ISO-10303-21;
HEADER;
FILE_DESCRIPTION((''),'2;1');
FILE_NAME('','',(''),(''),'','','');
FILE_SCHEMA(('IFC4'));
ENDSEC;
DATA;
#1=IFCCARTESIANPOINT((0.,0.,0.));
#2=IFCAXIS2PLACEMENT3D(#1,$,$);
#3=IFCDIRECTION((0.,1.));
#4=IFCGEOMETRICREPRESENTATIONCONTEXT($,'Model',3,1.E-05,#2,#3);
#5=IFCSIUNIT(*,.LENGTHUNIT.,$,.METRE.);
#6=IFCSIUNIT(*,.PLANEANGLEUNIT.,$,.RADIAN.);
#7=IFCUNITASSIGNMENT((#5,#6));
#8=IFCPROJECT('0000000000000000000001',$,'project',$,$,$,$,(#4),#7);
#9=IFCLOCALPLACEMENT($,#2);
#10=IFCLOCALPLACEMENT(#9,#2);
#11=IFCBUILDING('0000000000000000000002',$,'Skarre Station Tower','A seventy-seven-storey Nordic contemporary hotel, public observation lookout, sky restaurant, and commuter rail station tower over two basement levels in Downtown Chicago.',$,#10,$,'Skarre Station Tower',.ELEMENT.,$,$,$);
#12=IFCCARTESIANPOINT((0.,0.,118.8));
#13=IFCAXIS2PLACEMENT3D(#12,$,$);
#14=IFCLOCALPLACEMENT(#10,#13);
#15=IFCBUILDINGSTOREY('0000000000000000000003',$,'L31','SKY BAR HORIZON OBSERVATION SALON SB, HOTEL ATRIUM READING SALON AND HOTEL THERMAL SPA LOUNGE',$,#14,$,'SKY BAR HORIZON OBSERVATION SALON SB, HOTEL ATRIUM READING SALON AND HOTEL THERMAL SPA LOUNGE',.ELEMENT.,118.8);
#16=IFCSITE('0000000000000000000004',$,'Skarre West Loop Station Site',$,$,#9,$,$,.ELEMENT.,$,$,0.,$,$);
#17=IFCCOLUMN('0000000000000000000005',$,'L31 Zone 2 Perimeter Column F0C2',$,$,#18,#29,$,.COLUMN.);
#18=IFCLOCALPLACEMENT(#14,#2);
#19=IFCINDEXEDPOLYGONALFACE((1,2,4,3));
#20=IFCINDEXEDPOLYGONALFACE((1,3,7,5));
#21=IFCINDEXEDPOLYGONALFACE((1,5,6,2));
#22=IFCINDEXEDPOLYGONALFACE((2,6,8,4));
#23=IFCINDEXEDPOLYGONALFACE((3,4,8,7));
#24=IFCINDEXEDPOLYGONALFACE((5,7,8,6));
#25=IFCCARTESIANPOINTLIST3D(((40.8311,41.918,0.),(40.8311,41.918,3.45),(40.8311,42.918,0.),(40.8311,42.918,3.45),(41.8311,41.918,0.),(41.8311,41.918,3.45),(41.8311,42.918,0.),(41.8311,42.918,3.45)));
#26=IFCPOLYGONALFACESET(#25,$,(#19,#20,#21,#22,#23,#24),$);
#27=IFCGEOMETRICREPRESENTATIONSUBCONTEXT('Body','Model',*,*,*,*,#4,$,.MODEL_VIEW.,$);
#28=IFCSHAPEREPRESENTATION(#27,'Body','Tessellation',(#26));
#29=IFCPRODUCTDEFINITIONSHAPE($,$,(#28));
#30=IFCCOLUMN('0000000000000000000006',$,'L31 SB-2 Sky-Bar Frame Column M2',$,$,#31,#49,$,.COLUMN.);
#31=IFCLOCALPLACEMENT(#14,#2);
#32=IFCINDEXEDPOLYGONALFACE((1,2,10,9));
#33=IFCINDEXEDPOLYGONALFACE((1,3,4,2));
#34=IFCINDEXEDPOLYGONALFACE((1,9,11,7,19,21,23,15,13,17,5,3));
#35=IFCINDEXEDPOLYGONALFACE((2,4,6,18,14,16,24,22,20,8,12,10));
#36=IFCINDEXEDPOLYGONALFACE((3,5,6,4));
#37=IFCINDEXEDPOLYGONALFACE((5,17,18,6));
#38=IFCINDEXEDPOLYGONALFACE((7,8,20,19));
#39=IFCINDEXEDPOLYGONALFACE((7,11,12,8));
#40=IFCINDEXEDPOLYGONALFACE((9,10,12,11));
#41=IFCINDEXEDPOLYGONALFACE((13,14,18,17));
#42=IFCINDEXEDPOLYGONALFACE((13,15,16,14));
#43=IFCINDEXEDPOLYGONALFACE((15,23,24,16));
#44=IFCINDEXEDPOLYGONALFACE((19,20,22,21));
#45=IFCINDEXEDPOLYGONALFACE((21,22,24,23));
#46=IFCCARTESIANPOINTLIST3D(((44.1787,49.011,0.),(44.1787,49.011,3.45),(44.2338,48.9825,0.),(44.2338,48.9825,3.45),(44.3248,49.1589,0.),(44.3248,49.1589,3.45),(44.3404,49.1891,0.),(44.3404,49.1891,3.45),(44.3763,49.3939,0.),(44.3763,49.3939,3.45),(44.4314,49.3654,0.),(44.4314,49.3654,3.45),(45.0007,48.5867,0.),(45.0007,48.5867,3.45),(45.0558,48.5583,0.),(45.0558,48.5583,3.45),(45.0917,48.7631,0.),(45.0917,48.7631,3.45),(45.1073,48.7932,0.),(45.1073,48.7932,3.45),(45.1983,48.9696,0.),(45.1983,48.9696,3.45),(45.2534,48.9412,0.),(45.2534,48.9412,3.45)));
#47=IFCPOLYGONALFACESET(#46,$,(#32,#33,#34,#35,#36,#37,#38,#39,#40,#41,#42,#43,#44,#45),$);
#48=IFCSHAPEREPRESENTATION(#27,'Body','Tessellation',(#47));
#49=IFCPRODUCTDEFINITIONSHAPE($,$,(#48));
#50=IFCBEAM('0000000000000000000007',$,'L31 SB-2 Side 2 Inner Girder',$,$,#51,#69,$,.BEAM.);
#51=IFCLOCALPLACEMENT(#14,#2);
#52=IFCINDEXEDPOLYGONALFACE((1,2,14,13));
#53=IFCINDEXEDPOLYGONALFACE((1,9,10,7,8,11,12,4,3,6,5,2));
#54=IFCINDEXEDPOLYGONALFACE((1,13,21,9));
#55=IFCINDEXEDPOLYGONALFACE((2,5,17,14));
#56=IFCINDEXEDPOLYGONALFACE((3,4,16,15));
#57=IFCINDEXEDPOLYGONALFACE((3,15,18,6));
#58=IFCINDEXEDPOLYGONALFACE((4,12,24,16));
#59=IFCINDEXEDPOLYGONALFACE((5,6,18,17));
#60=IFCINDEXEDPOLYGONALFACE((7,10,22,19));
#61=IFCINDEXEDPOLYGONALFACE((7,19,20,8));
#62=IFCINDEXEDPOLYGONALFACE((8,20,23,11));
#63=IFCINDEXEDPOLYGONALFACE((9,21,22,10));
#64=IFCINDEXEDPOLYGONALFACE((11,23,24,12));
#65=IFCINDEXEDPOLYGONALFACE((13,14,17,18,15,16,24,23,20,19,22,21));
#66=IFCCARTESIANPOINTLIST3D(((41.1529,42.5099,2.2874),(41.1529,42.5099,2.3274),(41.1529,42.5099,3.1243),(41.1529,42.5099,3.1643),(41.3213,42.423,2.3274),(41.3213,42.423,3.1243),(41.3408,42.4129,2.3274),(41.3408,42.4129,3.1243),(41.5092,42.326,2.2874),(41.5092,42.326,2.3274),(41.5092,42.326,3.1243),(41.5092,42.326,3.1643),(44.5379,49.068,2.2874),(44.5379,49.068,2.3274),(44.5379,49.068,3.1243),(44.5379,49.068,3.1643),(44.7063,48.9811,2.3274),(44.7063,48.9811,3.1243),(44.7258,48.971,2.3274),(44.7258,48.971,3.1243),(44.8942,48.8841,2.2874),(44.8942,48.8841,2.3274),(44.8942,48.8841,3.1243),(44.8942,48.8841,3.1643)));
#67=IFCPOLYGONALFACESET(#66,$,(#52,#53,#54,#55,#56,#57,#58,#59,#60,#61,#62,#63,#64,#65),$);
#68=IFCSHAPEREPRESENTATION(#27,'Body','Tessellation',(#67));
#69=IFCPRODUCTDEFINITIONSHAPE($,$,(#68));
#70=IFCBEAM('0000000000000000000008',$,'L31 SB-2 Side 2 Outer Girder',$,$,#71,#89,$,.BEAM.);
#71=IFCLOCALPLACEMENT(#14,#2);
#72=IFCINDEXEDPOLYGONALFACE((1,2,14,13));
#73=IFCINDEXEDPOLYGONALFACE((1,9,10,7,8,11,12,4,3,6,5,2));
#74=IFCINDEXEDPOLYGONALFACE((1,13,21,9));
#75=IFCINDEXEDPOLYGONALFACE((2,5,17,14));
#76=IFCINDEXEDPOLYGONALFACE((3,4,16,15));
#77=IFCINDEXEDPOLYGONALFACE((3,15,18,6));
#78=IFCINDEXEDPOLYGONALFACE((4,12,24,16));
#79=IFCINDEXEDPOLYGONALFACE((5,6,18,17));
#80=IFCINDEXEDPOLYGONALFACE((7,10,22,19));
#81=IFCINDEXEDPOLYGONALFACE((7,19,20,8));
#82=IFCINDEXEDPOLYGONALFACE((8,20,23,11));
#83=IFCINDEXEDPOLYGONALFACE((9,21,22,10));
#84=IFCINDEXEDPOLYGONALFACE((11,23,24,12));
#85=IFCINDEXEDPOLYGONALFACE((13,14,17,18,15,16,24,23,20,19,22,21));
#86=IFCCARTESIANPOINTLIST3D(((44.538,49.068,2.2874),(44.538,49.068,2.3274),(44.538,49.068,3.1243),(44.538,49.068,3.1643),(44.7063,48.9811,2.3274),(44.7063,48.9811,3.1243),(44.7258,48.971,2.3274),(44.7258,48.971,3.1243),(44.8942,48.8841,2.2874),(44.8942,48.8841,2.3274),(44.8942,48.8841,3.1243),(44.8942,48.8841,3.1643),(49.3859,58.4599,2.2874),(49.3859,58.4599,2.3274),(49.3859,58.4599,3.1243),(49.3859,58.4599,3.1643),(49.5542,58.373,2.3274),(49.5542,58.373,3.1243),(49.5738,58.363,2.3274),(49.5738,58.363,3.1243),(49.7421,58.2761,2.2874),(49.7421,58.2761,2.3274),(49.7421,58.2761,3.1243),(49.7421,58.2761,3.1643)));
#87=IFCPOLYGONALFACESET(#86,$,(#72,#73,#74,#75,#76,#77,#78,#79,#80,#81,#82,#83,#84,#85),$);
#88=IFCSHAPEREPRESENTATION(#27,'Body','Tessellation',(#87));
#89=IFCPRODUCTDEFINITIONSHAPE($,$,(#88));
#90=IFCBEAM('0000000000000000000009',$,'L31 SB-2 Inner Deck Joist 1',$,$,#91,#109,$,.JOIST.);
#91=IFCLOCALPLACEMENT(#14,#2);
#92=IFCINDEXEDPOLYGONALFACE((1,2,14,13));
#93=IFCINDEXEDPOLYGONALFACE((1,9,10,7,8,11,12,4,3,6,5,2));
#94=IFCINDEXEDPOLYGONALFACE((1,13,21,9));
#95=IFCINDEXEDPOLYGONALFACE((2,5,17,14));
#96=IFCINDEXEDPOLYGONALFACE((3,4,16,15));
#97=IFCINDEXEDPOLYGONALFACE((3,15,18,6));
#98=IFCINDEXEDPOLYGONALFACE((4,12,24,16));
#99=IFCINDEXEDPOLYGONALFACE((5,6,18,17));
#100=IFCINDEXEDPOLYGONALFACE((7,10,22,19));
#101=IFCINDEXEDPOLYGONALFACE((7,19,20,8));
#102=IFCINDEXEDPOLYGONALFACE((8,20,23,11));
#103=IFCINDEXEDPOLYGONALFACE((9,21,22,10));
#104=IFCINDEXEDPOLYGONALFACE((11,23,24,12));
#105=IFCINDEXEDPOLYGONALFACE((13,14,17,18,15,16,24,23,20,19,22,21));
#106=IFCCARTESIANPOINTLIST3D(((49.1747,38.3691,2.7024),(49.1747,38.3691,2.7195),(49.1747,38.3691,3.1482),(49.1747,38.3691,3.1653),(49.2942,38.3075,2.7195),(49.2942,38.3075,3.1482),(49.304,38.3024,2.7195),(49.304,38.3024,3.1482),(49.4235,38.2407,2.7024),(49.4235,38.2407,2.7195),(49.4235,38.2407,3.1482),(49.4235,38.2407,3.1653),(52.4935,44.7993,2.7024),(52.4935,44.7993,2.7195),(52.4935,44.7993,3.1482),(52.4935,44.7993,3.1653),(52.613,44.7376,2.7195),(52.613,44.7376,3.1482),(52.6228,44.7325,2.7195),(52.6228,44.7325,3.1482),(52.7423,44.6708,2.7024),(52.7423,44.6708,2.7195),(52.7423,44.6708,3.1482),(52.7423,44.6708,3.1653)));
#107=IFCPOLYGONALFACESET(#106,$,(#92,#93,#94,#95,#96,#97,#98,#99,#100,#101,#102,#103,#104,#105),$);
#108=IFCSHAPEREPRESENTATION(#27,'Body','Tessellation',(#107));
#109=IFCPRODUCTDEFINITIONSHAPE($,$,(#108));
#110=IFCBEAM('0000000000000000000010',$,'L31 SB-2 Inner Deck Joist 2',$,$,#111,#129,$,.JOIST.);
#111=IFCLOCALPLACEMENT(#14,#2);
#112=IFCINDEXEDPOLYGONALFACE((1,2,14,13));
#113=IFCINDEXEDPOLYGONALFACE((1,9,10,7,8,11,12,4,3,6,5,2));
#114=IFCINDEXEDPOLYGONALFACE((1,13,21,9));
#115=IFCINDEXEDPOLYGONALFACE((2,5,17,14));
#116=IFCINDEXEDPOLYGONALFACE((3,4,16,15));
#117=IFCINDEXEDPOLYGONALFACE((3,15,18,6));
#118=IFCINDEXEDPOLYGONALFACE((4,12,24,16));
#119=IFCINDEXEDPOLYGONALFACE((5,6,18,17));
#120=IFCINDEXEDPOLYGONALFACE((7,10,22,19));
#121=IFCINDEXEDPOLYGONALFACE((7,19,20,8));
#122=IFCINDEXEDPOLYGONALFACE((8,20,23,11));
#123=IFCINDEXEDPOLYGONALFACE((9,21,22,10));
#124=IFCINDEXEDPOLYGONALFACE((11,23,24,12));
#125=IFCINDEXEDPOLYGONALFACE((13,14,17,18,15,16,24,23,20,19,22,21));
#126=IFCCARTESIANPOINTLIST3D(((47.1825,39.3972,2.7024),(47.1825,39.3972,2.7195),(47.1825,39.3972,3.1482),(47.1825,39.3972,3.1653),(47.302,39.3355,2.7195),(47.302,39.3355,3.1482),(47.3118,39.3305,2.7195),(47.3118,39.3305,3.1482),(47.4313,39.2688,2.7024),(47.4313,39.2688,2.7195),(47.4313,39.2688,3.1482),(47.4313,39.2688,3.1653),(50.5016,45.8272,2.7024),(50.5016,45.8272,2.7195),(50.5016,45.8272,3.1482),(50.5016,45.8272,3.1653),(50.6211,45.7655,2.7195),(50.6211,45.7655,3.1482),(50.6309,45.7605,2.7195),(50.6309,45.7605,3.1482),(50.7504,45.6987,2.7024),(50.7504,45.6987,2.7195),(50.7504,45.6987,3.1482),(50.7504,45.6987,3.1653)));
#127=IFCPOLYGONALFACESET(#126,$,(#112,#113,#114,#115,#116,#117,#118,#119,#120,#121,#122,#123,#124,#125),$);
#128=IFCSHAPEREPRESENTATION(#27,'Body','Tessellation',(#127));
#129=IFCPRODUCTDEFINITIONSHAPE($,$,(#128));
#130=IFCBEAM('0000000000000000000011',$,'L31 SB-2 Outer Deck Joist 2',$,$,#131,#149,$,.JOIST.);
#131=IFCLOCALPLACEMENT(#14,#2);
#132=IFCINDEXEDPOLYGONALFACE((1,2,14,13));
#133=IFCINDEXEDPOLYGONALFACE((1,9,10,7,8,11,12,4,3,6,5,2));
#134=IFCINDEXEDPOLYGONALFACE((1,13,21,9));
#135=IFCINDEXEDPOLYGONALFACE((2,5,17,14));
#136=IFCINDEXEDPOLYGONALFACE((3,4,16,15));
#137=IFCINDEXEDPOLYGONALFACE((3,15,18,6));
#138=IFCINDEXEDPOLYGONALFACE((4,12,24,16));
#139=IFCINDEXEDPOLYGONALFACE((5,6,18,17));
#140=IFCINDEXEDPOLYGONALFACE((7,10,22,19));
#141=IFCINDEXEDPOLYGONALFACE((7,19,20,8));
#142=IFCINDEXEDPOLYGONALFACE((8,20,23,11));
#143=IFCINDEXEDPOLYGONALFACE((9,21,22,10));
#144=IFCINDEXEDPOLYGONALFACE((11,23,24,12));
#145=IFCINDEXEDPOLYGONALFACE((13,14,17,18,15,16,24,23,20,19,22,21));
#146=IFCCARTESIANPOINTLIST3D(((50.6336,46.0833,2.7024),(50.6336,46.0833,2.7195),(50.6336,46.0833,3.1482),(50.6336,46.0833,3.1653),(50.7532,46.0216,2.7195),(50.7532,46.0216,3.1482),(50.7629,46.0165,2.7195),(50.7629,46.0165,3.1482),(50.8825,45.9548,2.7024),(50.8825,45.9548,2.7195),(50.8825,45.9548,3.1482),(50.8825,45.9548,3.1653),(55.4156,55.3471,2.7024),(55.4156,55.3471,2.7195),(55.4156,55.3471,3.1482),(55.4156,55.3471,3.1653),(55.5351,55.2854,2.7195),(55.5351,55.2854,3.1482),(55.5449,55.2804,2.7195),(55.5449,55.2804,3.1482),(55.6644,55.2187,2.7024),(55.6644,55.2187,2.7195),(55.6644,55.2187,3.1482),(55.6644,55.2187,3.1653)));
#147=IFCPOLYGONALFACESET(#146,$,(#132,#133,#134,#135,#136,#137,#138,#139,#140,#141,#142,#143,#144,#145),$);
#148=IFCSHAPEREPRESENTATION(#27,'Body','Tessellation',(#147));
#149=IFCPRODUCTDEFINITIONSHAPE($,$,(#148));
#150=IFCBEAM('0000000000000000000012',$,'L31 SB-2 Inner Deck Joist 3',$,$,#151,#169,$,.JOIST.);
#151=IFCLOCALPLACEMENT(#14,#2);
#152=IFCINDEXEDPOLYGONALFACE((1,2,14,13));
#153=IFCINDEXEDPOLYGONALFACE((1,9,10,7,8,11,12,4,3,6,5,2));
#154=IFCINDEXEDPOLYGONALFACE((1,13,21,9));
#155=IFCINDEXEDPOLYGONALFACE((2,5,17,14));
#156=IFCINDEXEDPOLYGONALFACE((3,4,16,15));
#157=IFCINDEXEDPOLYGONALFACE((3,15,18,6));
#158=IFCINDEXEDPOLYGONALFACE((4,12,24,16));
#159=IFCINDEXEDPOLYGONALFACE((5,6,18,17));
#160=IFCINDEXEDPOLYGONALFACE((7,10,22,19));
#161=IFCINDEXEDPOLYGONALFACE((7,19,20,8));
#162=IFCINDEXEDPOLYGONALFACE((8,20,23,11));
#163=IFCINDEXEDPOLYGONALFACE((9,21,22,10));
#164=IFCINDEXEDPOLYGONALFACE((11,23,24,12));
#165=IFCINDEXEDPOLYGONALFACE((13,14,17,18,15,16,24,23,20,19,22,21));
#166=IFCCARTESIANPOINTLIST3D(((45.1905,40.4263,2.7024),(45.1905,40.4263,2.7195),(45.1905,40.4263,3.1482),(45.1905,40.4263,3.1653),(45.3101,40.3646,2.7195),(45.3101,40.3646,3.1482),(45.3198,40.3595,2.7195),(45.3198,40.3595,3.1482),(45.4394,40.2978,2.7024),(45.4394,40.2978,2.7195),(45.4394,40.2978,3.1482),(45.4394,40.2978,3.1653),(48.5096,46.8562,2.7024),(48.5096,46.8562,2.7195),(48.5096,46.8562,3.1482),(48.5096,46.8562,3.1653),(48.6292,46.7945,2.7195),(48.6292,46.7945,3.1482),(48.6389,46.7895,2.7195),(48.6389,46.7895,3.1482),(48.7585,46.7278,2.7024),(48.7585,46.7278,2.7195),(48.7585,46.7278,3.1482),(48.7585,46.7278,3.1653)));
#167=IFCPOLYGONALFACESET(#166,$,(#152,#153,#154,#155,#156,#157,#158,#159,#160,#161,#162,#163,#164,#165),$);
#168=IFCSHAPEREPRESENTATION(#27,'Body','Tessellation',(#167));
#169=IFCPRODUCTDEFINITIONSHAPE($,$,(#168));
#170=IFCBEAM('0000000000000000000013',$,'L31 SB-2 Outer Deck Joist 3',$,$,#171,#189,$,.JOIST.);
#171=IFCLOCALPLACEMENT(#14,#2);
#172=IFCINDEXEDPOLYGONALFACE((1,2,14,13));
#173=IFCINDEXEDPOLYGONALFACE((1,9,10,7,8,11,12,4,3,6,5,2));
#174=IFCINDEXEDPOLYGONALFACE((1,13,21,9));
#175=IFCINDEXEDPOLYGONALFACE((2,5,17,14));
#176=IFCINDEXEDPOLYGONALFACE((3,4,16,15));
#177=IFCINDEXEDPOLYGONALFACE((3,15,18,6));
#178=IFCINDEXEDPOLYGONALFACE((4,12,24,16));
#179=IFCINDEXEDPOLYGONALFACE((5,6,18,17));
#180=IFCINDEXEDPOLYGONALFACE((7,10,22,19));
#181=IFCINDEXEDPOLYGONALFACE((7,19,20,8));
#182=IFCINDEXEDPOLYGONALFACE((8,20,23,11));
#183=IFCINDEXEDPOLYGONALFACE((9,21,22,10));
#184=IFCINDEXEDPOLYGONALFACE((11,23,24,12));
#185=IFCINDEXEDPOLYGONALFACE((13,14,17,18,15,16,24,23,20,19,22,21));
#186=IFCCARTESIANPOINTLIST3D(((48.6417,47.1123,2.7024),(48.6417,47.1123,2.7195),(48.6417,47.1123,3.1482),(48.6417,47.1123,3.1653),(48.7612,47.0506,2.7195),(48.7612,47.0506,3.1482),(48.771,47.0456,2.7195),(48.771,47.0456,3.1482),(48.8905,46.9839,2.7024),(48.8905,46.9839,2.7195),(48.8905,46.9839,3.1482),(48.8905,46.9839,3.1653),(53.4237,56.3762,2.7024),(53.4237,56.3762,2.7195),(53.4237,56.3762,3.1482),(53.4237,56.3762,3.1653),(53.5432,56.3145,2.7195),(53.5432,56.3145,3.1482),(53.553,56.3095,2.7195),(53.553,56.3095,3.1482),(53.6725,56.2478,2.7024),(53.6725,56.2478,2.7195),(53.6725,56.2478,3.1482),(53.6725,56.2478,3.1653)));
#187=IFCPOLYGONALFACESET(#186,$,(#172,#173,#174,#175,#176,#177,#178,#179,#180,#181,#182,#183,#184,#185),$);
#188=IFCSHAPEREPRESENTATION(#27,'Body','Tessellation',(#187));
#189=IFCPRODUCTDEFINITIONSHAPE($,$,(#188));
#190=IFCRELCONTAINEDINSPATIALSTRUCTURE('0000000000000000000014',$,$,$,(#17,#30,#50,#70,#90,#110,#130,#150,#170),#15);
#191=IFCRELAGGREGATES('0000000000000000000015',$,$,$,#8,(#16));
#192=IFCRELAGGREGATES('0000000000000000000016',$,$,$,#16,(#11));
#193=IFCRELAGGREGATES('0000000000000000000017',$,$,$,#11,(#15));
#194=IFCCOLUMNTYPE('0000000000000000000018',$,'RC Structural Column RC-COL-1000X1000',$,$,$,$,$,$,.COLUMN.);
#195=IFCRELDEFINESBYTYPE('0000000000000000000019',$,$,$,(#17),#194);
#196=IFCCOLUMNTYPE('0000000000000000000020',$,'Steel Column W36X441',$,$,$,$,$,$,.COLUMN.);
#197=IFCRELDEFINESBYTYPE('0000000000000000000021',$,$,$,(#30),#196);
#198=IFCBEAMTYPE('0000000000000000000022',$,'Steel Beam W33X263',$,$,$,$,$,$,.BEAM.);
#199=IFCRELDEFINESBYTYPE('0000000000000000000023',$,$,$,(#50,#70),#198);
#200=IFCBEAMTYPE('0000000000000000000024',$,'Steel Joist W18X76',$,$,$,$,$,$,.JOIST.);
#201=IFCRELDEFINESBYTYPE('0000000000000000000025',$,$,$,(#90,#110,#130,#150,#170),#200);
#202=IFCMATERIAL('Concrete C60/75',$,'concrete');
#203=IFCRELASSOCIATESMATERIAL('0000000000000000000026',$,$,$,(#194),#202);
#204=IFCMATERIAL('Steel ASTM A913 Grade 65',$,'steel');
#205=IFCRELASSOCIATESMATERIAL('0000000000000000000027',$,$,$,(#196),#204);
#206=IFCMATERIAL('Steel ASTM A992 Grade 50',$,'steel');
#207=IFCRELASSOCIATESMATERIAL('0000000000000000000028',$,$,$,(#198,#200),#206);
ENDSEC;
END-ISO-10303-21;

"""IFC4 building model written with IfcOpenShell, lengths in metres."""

from ifc_helpers import new_model, si_unit, direction, frame, origin, origin_2d, place, context, subcontext, project, spatial, rectangle, i_section, extrude, material, material_profile, profile_set, type_object, element, save


model = new_model("IFC4")

# Units and contexts
model_context = context("Model", 3, precision=1e-05, world=origin(), true_north=direction((0.0, 1.0)))
body_context = subcontext(model_context, "Body", "Model", "MODEL_VIEW")
ifc_project = project(units=[si_unit("LENGTHUNIT", "METRE"), si_unit("PLANEANGLEUNIT", "RADIAN")], contexts=[model_context])

# Site, building, storey
site_placement = place(None, origin())
site = spatial("IfcSite", under=ifc_project, at=site_placement, Name="Skarre West Loop Station Site", CompositionType="ELEMENT", RefElevation=0.0)
building_placement = place(site_placement, origin())
building = spatial("IfcBuilding", under=site, at=building_placement, Name="Skarre Station Tower", Description="A seventy-seven-storey Nordic contemporary hotel, public observation lookout, sky restaurant, and commuter rail station tower over two basement levels in Downtown Chicago.", LongName="Skarre Station Tower", CompositionType="ELEMENT")
storey_placement = place(building_placement, frame((0.0, 0.0, 118.8)))
storey = spatial("IfcBuildingStorey", under=building, at=storey_placement, Name="L31", Description="SKY BAR HORIZON OBSERVATION SALON SB, HOTEL ATRIUM READING SALON AND HOTEL THERMAL SPA LOUNGE", LongName="SKY BAR HORIZON OBSERVATION SALON SB, HOTEL ATRIUM READING SALON AND HOTEL THERMAL SPA LOUNGE", CompositionType="ELEMENT", Elevation=118.8)

# Columns
ifc_material_1 = material(Name="Concrete C60/75", Category="concrete")
ifc_material_profile_1 = material_profile(ifc_material_1, rectangle(XDim=1.0, YDim=1.0, at=origin_2d()), Name="Concrete C60/75")
ifc_profile_set_1 = profile_set([ifc_material_profile_1], Name="Concrete C60/75")
column_type_1 = type_object("IfcColumnType", Name="RC Structural Column RC-COL-1000X1000", PredefinedType="COLUMN", material=ifc_profile_set_1)
column_1_placement = place(storey_placement, frame((41.3311, 42.418, 0.0), z_axis=(0.0, 0.0, 1.0), x_axis=(1.0, 0.0, 0.0)))
element("IfcColumn", 1, at=column_1_placement, inside=storey, type_object=column_type_1, Name="L31 Zone 2 Perimeter Column F0C2", PredefinedType="COLUMN", context=body_context, shape_type="SweptSolid", body=[
    extrude(rectangle(XDim=1.0, YDim=1.0, at=origin_2d()), origin(), (0.0, 0.0, 1.0), 3.45),
])
ifc_material_2 = material(Name="Steel ASTM A913 Grade 65", Category="steel")
ifc_material_profile_2 = material_profile(ifc_material_2, i_section(OverallWidth=0.4309, OverallDepth=0.9871, WebThickness=0.0339, FlangeThickness=0.062, at=origin_2d()), Name="Steel ASTM A913 Grade 65")
ifc_profile_set_2 = profile_set([ifc_material_profile_2], Name="Steel ASTM A913 Grade 65")
column_type_2 = type_object("IfcColumnType", Name="Steel Column W36X441", PredefinedType="COLUMN", material=ifc_profile_set_2)
column_2_placement = place(storey_placement, frame((44.7161, 48.9761, 0.0), z_axis=(0.0, 0.0, 1.0), x_axis=(0.45865, 0.888617, 0.0)))
element("IfcColumn", 2, at=column_2_placement, inside=storey, type_object=column_type_2, Name="L31 SB-2 Sky-Bar Frame Column M2", PredefinedType="COLUMN", context=body_context, shape_type="SweptSolid", body=[
    extrude(i_section(OverallWidth=0.4309, OverallDepth=0.9871, WebThickness=0.0339, FlangeThickness=0.062, at=origin_2d()), origin(), (0.0, 0.0, 1.0), 3.45),
])

# Beams
ifc_material_3 = material(Name="Steel ASTM A992 Grade 50", Category="steel")
ifc_material_profile_3 = material_profile(ifc_material_3, i_section(OverallWidth=0.4009, OverallDepth=0.877, WebThickness=0.022, FlangeThickness=0.04, at=origin_2d()), Name="Steel ASTM A992 Grade 50")
ifc_profile_set_3 = profile_set([ifc_material_profile_3], Name="Steel ASTM A992 Grade 50")
beam_type_1 = type_object("IfcBeamType", Name="Steel Beam W33X263", PredefinedType="BEAM", material=ifc_profile_set_3)
beam_1_placement = place(storey_placement, frame((41.3311, 42.418, 2.7258), z_axis=(0.458662, 0.888611, 0.0), x_axis=(-0.888611, 0.458662, 0.0)))
element("IfcBeam", 3, at=beam_1_placement, inside=storey, type_object=beam_type_1, Name="L31 SB-2 Side 2 Inner Girder", PredefinedType="BEAM", context=body_context, shape_type="SweptSolid", body=[
    extrude(i_section(OverallWidth=0.4009, OverallDepth=0.877, WebThickness=0.022, FlangeThickness=0.04, at=origin_2d()), origin(), (0.0, 0.0, 1.0), 7.3801),
])
beam_2_placement = place(storey_placement, frame((44.7161, 48.9761, 2.7258), z_axis=(0.45868, 0.888602, 0.0), x_axis=(-0.888602, 0.45868, 0.0)))
element("IfcBeam", 4, at=beam_2_placement, inside=storey, type_object=beam_type_1, Name="L31 SB-2 Side 2 Outer Girder", PredefinedType="BEAM", context=body_context, shape_type="SweptSolid", body=[
    extrude(i_section(OverallWidth=0.4009, OverallDepth=0.877, WebThickness=0.022, FlangeThickness=0.04, at=origin_2d()), origin(), (0.0, 0.0, 1.0), 10.5693),
])
ifc_material_profile_4 = material_profile(ifc_material_3, i_section(OverallWidth=0.28, OverallDepth=0.4629, WebThickness=0.011, FlangeThickness=0.0171, at=origin_2d()), Name="Steel ASTM A992 Grade 50")
ifc_profile_set_4 = profile_set([ifc_material_profile_4], Name="Steel ASTM A992 Grade 50")
beam_type_2 = type_object("IfcBeamType", Name="Steel Joist W18X76", PredefinedType="JOIST", material=ifc_profile_set_4)
for number, where, z_axis, x_axis, name in (
    (5, (49.2991, 38.3049, 2.9338), (0.458648, 0.888618, 0.0), (-0.888618, 0.458648, 0.0), "L31 SB-2 Inner Deck Joist 1"),
    (6, (47.3069, 39.333, 2.9338), (0.458688, 0.888597, 0.0), (-0.888597, 0.458688, 0.0), "L31 SB-2 Inner Deck Joist 2"),
):
    element("IfcBeam", number, at=place(storey_placement, frame(where, z_axis=z_axis, x_axis=x_axis)), inside=storey, type_object=beam_type_2, Name=name, PredefinedType="JOIST", context=body_context, shape_type="SweptSolid", body=[
        extrude(i_section(OverallWidth=0.28, OverallDepth=0.4629, WebThickness=0.011, FlangeThickness=0.0171, at=origin_2d()), origin(), (0.0, 0.0, 1.0), 7.2361),
    ])
beam_3_placement = place(storey_placement, frame((50.7581, 46.019, 2.9338), z_axis=(0.458689, 0.888597, 0.0), x_axis=(-0.888597, 0.458689, 0.0)))
element("IfcBeam", 7, at=beam_3_placement, inside=storey, type_object=beam_type_2, Name="L31 SB-2 Outer Deck Joist 2", PredefinedType="JOIST", context=body_context, shape_type="SweptSolid", body=[
    extrude(i_section(OverallWidth=0.28, OverallDepth=0.4629, WebThickness=0.011, FlangeThickness=0.0171, at=origin_2d()), origin(), (0.0, 0.0, 1.0), 10.4253),
])
beam_4_placement = place(storey_placement, frame((45.3149, 40.3621, 2.9338), z_axis=(0.458688, 0.888597, 0.0), x_axis=(-0.888597, 0.458688, 0.0)))
element("IfcBeam", 8, at=beam_4_placement, inside=storey, type_object=beam_type_2, Name="L31 SB-2 Inner Deck Joist 3", PredefinedType="JOIST", context=body_context, shape_type="SweptSolid", body=[
    extrude(i_section(OverallWidth=0.28, OverallDepth=0.4629, WebThickness=0.011, FlangeThickness=0.0171, at=origin_2d()), origin(), (0.0, 0.0, 1.0), 7.2361),
])
beam_5_placement = place(storey_placement, frame((48.7661, 47.0481, 2.9338), z_axis=(0.458689, 0.888597, 0.0), x_axis=(-0.888597, 0.458689, 0.0)))
element("IfcBeam", 9, at=beam_5_placement, inside=storey, type_object=beam_type_2, Name="L31 SB-2 Outer Deck Joist 3", PredefinedType="JOIST", context=body_context, shape_type="SweptSolid", body=[
    extrude(i_section(OverallWidth=0.28, OverallDepth=0.4629, WebThickness=0.011, FlangeThickness=0.0171, at=origin_2d()), origin(), (0.0, 0.0, 1.0), 10.4253),
])

save(model, "model.ifc")
